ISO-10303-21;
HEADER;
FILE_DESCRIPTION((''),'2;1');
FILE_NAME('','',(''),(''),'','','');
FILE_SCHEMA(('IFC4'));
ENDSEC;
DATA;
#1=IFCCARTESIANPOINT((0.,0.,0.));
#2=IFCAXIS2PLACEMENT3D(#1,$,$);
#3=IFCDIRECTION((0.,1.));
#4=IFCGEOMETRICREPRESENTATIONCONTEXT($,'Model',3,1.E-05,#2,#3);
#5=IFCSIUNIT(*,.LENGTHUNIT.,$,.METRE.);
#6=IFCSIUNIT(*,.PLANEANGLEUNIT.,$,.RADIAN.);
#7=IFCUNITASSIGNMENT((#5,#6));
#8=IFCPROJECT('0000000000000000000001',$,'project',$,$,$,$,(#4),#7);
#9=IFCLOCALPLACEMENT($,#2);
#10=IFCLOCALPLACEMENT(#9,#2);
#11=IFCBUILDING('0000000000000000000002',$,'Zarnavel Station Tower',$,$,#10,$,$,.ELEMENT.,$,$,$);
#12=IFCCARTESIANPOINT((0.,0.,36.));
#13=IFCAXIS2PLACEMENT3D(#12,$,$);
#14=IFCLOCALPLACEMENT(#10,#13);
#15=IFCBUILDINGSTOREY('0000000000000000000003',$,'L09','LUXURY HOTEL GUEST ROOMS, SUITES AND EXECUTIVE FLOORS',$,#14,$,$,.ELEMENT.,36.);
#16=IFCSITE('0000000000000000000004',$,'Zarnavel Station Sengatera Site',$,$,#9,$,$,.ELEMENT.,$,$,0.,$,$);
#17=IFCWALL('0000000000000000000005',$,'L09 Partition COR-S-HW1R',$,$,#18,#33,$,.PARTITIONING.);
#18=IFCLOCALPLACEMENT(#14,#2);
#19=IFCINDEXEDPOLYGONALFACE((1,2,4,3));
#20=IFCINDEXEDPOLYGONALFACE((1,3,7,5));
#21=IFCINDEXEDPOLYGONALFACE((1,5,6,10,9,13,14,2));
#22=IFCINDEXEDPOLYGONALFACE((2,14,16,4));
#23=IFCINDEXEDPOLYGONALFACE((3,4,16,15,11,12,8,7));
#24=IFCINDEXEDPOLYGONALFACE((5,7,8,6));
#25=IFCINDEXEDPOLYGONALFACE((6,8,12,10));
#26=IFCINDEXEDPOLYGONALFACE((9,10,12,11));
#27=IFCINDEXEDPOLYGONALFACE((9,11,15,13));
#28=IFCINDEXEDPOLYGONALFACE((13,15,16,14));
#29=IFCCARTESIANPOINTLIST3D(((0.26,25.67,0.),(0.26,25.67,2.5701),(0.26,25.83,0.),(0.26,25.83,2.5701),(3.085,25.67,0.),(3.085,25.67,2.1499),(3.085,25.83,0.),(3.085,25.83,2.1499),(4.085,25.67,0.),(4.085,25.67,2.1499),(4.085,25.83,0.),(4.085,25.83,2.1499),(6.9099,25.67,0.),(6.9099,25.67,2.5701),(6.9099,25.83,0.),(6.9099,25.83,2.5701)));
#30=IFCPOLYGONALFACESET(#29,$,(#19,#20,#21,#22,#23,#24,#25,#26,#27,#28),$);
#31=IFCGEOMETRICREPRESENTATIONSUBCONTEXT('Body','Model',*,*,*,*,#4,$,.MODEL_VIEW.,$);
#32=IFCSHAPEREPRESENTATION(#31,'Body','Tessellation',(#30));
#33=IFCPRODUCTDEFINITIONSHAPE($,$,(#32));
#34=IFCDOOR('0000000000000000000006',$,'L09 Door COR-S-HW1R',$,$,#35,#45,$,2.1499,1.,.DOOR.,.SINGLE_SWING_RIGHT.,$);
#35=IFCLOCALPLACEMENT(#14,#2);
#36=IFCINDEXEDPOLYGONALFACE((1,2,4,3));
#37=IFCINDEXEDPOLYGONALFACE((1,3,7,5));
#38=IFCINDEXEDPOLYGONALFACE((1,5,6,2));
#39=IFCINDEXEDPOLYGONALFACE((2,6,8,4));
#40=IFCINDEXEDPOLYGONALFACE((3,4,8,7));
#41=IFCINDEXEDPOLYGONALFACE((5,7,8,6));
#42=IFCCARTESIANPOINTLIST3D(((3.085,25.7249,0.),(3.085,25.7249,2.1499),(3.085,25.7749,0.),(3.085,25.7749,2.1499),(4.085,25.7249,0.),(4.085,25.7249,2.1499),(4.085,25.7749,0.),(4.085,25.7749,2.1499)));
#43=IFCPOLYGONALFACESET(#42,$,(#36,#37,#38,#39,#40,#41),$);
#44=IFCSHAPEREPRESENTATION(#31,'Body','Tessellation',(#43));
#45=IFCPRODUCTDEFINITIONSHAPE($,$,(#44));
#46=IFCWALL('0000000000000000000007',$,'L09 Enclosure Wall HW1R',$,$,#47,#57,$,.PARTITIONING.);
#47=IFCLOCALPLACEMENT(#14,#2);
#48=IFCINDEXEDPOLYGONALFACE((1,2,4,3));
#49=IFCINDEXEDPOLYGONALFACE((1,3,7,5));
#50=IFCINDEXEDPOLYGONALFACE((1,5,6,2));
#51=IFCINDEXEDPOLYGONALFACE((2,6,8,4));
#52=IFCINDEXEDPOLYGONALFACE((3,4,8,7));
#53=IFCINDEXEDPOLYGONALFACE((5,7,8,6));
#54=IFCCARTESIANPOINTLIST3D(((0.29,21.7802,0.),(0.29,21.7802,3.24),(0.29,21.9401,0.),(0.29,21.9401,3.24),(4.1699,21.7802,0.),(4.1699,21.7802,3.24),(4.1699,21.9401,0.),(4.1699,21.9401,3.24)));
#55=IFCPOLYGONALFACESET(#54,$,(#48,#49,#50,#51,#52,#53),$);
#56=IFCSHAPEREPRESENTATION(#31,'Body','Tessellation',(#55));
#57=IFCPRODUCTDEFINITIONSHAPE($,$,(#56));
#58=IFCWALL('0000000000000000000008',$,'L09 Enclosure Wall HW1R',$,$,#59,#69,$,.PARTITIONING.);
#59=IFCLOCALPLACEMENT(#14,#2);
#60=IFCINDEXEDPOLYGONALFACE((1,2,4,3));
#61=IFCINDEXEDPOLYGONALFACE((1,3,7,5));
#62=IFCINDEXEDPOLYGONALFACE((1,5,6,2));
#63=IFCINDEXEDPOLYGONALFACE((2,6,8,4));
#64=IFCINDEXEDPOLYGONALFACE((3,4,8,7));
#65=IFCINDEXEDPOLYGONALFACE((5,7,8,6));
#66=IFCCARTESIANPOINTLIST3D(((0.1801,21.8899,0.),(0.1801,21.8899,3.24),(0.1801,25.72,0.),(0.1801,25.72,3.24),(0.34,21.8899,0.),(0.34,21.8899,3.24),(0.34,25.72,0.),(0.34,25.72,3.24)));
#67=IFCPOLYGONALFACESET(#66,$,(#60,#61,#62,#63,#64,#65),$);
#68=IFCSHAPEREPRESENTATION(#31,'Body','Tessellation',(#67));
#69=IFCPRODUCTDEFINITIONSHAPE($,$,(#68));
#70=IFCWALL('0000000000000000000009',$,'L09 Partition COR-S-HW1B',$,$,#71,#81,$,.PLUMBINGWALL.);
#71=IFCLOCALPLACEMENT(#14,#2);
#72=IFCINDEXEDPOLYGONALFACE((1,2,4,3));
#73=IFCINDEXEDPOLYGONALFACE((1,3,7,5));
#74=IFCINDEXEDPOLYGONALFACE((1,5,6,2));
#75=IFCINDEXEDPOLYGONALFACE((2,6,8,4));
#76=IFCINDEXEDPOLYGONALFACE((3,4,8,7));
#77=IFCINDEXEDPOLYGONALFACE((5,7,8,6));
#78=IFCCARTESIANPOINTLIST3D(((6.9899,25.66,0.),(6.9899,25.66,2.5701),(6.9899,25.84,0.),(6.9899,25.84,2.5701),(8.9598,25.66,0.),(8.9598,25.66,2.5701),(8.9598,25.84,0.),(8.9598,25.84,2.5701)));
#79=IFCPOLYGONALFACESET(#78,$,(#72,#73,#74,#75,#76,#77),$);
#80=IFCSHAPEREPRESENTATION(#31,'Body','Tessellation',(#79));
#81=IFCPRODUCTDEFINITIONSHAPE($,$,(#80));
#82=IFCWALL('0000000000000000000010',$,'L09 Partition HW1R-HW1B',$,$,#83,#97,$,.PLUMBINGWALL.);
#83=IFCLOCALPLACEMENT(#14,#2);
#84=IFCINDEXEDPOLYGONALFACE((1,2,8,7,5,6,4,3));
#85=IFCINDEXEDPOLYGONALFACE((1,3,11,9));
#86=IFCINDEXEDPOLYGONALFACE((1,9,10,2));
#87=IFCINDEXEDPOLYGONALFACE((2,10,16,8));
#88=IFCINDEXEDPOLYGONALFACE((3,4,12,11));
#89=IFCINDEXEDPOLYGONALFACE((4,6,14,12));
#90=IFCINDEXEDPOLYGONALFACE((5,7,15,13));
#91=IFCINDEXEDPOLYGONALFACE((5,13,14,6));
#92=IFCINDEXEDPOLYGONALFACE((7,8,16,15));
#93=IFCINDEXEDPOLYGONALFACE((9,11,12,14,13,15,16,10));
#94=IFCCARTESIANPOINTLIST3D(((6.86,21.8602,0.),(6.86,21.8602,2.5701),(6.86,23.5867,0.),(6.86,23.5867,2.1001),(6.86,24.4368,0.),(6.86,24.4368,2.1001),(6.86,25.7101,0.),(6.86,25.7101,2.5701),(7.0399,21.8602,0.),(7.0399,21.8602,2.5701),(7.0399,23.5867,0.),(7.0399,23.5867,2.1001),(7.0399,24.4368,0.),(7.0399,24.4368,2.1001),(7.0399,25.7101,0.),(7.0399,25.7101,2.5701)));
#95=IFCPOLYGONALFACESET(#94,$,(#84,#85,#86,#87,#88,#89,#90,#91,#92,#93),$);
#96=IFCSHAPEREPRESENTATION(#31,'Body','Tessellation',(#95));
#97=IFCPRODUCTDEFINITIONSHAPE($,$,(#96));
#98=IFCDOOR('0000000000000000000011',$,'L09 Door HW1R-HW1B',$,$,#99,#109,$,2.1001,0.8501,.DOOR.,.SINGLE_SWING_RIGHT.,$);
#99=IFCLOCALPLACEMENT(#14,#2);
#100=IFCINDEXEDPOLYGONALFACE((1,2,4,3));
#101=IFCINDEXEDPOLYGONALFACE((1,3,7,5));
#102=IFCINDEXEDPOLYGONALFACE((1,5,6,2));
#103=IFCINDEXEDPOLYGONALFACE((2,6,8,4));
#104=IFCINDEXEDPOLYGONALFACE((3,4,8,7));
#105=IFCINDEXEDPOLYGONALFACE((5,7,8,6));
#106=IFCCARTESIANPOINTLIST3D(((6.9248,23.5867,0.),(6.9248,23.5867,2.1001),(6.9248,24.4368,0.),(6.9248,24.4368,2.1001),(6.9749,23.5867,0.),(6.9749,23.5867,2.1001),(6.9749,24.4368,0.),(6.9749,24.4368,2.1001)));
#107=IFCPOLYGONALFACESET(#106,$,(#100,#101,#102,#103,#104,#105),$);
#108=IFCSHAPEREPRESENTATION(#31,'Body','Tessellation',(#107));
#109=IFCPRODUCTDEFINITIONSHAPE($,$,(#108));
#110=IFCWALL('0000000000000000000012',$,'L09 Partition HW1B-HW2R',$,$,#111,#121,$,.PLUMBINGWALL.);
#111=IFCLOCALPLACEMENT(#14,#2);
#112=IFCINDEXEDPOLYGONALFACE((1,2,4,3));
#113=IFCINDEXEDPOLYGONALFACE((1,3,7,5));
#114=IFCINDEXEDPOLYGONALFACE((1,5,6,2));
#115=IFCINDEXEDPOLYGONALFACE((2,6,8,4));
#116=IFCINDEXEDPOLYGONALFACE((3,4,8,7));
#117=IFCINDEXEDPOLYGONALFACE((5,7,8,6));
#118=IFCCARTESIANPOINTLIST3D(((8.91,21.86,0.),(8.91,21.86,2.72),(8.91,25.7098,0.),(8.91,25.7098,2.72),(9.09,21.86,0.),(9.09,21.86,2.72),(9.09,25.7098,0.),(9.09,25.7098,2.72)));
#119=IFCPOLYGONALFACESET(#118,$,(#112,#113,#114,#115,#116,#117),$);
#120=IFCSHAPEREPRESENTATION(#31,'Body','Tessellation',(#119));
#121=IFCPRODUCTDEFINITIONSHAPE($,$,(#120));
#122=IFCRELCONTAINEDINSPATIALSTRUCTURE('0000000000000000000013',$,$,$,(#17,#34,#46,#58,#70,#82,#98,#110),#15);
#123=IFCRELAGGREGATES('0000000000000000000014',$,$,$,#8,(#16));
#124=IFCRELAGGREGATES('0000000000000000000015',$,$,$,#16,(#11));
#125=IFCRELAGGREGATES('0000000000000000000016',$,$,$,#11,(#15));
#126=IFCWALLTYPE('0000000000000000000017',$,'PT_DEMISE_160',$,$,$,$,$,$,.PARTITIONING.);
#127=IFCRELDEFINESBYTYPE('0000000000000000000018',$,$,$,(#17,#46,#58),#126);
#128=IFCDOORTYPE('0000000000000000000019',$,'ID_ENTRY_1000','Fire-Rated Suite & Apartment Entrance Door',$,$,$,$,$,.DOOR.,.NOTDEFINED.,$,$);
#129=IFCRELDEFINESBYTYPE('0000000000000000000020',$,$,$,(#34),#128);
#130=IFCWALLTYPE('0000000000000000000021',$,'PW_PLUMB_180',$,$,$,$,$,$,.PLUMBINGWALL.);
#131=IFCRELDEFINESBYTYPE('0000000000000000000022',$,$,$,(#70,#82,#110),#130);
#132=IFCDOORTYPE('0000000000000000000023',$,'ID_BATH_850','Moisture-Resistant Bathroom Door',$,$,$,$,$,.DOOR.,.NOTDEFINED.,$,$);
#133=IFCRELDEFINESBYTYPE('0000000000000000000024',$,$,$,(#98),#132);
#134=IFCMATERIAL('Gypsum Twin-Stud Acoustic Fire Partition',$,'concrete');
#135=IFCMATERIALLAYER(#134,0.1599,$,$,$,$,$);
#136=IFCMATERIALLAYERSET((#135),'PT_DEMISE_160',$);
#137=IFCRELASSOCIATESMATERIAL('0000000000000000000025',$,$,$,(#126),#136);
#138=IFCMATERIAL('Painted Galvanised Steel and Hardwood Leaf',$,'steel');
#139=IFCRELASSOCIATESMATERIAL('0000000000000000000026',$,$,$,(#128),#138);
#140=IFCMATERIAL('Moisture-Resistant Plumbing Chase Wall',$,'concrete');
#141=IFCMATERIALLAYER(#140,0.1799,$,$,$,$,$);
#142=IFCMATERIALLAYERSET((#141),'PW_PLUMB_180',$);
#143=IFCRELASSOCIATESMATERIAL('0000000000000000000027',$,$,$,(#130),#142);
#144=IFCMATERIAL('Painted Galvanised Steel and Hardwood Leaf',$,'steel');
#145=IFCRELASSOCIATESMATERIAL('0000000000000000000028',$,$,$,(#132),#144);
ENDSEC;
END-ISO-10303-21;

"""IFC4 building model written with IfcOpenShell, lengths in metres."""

from ifc_helpers import new_model, si_unit, direction, frame, frame_2d, origin, place, context, subcontext, project, spatial, rectangle, extrude, material, layer, layer_set, type_object, element, fill, save


model = new_model("IFC4")

# Units and contexts
model_context = context("Model", 3, precision=1e-05, world=origin(), true_north=direction((0.0, 1.0)))
body_context = subcontext(model_context, "Body", "Model", "MODEL_VIEW")
ifc_project = project(units=[si_unit("LENGTHUNIT", "METRE"), si_unit("PLANEANGLEUNIT", "RADIAN")], contexts=[model_context])

# Site, building, storey
site_placement = place(None, origin())
site = spatial("IfcSite", under=ifc_project, at=site_placement, Name="Zarnavel Station Sengatera Site", CompositionType="ELEMENT", RefElevation=0.0)
building_placement = place(site_placement, origin())
building = spatial("IfcBuilding", under=site, at=building_placement, Name="Zarnavel Station Tower", CompositionType="ELEMENT")
storey_placement = place(building_placement, frame((0.0, 0.0, 36.0)))
storey = spatial("IfcBuildingStorey", under=building, at=storey_placement, Name="L09", Description="LUXURY HOTEL GUEST ROOMS, SUITES AND EXECUTIVE FLOORS", CompositionType="ELEMENT", Elevation=36.0)

# Wall, opening, door
ifc_material_1 = material(Name="Gypsum Twin-Stud Acoustic Fire Partition", Category="concrete")
ifc_layer_1 = layer(ifc_material_1, 0.1599)
ifc_layer_set_1 = layer_set([ifc_layer_1], Name="PT_DEMISE_160")
wall_type_1 = type_object("IfcWallType", Name="PT_DEMISE_160", PredefinedType="PARTITIONING", material=ifc_layer_set_1)
wall_1_placement = place(storey_placement, frame((0.26, 25.75, 0.0), z_axis=(0.0, 0.0, 1.0), x_axis=(1.0, 0.0, 0.0)))
wall_1 = element("IfcWall", 1, at=wall_1_placement, inside=storey, type_object=wall_type_1, Name="L09 Partition COR-S-HW1R", PredefinedType="PARTITIONING", context=body_context, shape_type="SweptSolid", body=[
    extrude(rectangle(XDim=6.6499, YDim=0.1599, at=frame_2d((3.325, 0.0))), origin(), (0.0, 0.0, 1.0), 2.5701),
])
opening_1_placement = place(wall_1_placement, frame((2.825, 0.0, 0.0)))
opening_1 = element("IfcOpeningElement", 2, at=opening_1_placement, cuts=wall_1, PredefinedType="OPENING", context=body_context, shape_type="SweptSolid", body=[
    extrude(rectangle(XDim=1.0, YDim=2.1499, at=frame_2d((0.5, 1.075))), frame((0.0, 0.0898, 0.0), z_axis=(0.0, -1.0, 0.0), x_axis=(1.0, 0.0, 0.0)), (0.0, 0.0, 1.0), 0.1799),
])
ifc_material_2 = material(Name="Painted Galvanised Steel and Hardwood Leaf", Category="steel")
door_type_1 = type_object("IfcDoorType", Name="ID_ENTRY_1000", Description="Fire-Rated Suite & Apartment Entrance Door", OperationType="NOTDEFINED", PredefinedType="DOOR", material=ifc_material_2)
door_1_placement = place(opening_1_placement, origin())
door_1 = element("IfcDoor", 3, at=door_1_placement, inside=storey, type_object=door_type_1, Name="L09 Door COR-S-HW1R", OperationType="SINGLE_SWING_RIGHT", OverallHeight=2.1499, OverallWidth=1.0, PredefinedType="DOOR", context=body_context, shape_type="SweptSolid", body=[
    extrude(rectangle(XDim=1.0, YDim=2.1499, at=frame_2d((0.5, 1.075))), frame((0.0, 0.0249, 0.0), z_axis=(0.0, -1.0, 0.0), x_axis=(1.0, 0.0, 0.0)), (0.0, 0.0, 1.0), 0.05),
])
fill(opening_1, door_1)

# Walls
wall_2_placement = place(storey_placement, frame((0.29, 21.8601, 0.0), z_axis=(0.0, 0.0, 1.0), x_axis=(1.0, 0.0, 0.0)))
element("IfcWall", 4, at=wall_2_placement, inside=storey, type_object=wall_type_1, Name="L09 Enclosure Wall HW1R", PredefinedType="PARTITIONING", context=body_context, shape_type="SweptSolid", body=[
    extrude(rectangle(XDim=3.8799, YDim=0.1599, at=frame_2d((1.9399, 0.0))), origin(), (0.0, 0.0, 1.0), 3.24),
])
wall_3_placement = place(storey_placement, frame((0.26, 21.8899, 0.0), z_axis=(0.0, 0.0, 1.0), x_axis=(0.0, 1.0, 0.0)))
element("IfcWall", 5, at=wall_3_placement, inside=storey, type_object=wall_type_1, Name="L09 Enclosure Wall HW1R", PredefinedType="PARTITIONING", context=body_context, shape_type="SweptSolid", body=[
    extrude(rectangle(XDim=3.8301, YDim=0.1599, at=frame_2d((1.915, 0.0))), origin(), (0.0, 0.0, 1.0), 3.24),
])
ifc_material_3 = material(Name="Moisture-Resistant Plumbing Chase Wall", Category="concrete")
ifc_layer_2 = layer(ifc_material_3, 0.1799)
ifc_layer_set_2 = layer_set([ifc_layer_2], Name="PW_PLUMB_180")
wall_type_2 = type_object("IfcWallType", Name="PW_PLUMB_180", PredefinedType="PLUMBINGWALL", material=ifc_layer_set_2)
wall_4_placement = place(storey_placement, frame((6.99, 25.75, 0.0), z_axis=(0.0, 0.0, 1.0), x_axis=(1.0, 0.0, 0.0)))
element("IfcWall", 6, at=wall_4_placement, inside=storey, type_object=wall_type_2, Name="L09 Partition COR-S-HW1B", PredefinedType="PLUMBINGWALL", context=body_context, shape_type="SweptSolid", body=[
    extrude(rectangle(XDim=1.97, YDim=0.1799, at=frame_2d((0.9849, 0.0))), origin(), (0.0, 0.0, 1.0), 2.5701),
])

# Wall, opening, door
wall_5_placement = place(storey_placement, frame((6.95, 25.71, 0.0), z_axis=(0.0, 0.0, 1.0), x_axis=(0.0, -1.0, 0.0)))
wall_5 = element("IfcWall", 7, at=wall_5_placement, inside=storey, type_object=wall_type_2, Name="L09 Partition HW1R-HW1B", PredefinedType="PLUMBINGWALL", context=body_context, shape_type="SweptSolid", body=[
    extrude(rectangle(XDim=3.8499, YDim=0.1799, at=frame_2d((1.9248, 0.0))), origin(), (0.0, 0.0, 1.0), 2.5701),
])
opening_2_placement = place(wall_5_placement, frame((1.2732, 0.0, 0.0)))
opening_2 = element("IfcOpeningElement", 8, at=opening_2_placement, cuts=wall_5, PredefinedType="OPENING", context=body_context, shape_type="SweptSolid", body=[
    extrude(rectangle(XDim=0.8501, YDim=2.1001, at=frame_2d((0.425, 1.05))), frame((0.0, 0.0999, 0.0), z_axis=(0.0, -1.0, 0.0), x_axis=(1.0, 0.0, 0.0)), (0.0, 0.0, 1.0), 0.2),
])
ifc_material_4 = material(Name="Painted Galvanised Steel and Hardwood Leaf", Category="steel")
door_type_2 = type_object("IfcDoorType", Name="ID_BATH_850", Description="Moisture-Resistant Bathroom Door", OperationType="NOTDEFINED", PredefinedType="DOOR", material=ifc_material_4)
door_2_placement = place(opening_2_placement, origin())
door_2 = element("IfcDoor", 9, at=door_2_placement, inside=storey, type_object=door_type_2, Name="L09 Door HW1R-HW1B", OperationType="SINGLE_SWING_RIGHT", OverallHeight=2.1001, OverallWidth=0.8501, PredefinedType="DOOR", context=body_context, shape_type="SweptSolid", body=[
    extrude(rectangle(XDim=0.8501, YDim=2.1001, at=frame_2d((0.425, 1.05))), frame((0.0, 0.0249, 0.0), z_axis=(0.0, -1.0, 0.0), x_axis=(1.0, 0.0, 0.0)), (0.0, 0.0, 1.0), 0.05),
])
fill(opening_2, door_2)

# Wall
wall_6_placement = place(storey_placement, frame((9.0, 21.8601, 0.0), z_axis=(0.0, 0.0, 1.0), x_axis=(0.0, 1.0, 0.0)))
element("IfcWall", 10, at=wall_6_placement, inside=storey, type_object=wall_type_2, Name="L09 Partition HW1B-HW2R", PredefinedType="PLUMBINGWALL", context=body_context, shape_type="SweptSolid", body=[
    extrude(rectangle(XDim=3.8499, YDim=0.1799, at=frame_2d((1.9248, 0.0))), origin(), (0.0, 0.0, 1.0), 2.72),
])

save(model, "model.ifc")
